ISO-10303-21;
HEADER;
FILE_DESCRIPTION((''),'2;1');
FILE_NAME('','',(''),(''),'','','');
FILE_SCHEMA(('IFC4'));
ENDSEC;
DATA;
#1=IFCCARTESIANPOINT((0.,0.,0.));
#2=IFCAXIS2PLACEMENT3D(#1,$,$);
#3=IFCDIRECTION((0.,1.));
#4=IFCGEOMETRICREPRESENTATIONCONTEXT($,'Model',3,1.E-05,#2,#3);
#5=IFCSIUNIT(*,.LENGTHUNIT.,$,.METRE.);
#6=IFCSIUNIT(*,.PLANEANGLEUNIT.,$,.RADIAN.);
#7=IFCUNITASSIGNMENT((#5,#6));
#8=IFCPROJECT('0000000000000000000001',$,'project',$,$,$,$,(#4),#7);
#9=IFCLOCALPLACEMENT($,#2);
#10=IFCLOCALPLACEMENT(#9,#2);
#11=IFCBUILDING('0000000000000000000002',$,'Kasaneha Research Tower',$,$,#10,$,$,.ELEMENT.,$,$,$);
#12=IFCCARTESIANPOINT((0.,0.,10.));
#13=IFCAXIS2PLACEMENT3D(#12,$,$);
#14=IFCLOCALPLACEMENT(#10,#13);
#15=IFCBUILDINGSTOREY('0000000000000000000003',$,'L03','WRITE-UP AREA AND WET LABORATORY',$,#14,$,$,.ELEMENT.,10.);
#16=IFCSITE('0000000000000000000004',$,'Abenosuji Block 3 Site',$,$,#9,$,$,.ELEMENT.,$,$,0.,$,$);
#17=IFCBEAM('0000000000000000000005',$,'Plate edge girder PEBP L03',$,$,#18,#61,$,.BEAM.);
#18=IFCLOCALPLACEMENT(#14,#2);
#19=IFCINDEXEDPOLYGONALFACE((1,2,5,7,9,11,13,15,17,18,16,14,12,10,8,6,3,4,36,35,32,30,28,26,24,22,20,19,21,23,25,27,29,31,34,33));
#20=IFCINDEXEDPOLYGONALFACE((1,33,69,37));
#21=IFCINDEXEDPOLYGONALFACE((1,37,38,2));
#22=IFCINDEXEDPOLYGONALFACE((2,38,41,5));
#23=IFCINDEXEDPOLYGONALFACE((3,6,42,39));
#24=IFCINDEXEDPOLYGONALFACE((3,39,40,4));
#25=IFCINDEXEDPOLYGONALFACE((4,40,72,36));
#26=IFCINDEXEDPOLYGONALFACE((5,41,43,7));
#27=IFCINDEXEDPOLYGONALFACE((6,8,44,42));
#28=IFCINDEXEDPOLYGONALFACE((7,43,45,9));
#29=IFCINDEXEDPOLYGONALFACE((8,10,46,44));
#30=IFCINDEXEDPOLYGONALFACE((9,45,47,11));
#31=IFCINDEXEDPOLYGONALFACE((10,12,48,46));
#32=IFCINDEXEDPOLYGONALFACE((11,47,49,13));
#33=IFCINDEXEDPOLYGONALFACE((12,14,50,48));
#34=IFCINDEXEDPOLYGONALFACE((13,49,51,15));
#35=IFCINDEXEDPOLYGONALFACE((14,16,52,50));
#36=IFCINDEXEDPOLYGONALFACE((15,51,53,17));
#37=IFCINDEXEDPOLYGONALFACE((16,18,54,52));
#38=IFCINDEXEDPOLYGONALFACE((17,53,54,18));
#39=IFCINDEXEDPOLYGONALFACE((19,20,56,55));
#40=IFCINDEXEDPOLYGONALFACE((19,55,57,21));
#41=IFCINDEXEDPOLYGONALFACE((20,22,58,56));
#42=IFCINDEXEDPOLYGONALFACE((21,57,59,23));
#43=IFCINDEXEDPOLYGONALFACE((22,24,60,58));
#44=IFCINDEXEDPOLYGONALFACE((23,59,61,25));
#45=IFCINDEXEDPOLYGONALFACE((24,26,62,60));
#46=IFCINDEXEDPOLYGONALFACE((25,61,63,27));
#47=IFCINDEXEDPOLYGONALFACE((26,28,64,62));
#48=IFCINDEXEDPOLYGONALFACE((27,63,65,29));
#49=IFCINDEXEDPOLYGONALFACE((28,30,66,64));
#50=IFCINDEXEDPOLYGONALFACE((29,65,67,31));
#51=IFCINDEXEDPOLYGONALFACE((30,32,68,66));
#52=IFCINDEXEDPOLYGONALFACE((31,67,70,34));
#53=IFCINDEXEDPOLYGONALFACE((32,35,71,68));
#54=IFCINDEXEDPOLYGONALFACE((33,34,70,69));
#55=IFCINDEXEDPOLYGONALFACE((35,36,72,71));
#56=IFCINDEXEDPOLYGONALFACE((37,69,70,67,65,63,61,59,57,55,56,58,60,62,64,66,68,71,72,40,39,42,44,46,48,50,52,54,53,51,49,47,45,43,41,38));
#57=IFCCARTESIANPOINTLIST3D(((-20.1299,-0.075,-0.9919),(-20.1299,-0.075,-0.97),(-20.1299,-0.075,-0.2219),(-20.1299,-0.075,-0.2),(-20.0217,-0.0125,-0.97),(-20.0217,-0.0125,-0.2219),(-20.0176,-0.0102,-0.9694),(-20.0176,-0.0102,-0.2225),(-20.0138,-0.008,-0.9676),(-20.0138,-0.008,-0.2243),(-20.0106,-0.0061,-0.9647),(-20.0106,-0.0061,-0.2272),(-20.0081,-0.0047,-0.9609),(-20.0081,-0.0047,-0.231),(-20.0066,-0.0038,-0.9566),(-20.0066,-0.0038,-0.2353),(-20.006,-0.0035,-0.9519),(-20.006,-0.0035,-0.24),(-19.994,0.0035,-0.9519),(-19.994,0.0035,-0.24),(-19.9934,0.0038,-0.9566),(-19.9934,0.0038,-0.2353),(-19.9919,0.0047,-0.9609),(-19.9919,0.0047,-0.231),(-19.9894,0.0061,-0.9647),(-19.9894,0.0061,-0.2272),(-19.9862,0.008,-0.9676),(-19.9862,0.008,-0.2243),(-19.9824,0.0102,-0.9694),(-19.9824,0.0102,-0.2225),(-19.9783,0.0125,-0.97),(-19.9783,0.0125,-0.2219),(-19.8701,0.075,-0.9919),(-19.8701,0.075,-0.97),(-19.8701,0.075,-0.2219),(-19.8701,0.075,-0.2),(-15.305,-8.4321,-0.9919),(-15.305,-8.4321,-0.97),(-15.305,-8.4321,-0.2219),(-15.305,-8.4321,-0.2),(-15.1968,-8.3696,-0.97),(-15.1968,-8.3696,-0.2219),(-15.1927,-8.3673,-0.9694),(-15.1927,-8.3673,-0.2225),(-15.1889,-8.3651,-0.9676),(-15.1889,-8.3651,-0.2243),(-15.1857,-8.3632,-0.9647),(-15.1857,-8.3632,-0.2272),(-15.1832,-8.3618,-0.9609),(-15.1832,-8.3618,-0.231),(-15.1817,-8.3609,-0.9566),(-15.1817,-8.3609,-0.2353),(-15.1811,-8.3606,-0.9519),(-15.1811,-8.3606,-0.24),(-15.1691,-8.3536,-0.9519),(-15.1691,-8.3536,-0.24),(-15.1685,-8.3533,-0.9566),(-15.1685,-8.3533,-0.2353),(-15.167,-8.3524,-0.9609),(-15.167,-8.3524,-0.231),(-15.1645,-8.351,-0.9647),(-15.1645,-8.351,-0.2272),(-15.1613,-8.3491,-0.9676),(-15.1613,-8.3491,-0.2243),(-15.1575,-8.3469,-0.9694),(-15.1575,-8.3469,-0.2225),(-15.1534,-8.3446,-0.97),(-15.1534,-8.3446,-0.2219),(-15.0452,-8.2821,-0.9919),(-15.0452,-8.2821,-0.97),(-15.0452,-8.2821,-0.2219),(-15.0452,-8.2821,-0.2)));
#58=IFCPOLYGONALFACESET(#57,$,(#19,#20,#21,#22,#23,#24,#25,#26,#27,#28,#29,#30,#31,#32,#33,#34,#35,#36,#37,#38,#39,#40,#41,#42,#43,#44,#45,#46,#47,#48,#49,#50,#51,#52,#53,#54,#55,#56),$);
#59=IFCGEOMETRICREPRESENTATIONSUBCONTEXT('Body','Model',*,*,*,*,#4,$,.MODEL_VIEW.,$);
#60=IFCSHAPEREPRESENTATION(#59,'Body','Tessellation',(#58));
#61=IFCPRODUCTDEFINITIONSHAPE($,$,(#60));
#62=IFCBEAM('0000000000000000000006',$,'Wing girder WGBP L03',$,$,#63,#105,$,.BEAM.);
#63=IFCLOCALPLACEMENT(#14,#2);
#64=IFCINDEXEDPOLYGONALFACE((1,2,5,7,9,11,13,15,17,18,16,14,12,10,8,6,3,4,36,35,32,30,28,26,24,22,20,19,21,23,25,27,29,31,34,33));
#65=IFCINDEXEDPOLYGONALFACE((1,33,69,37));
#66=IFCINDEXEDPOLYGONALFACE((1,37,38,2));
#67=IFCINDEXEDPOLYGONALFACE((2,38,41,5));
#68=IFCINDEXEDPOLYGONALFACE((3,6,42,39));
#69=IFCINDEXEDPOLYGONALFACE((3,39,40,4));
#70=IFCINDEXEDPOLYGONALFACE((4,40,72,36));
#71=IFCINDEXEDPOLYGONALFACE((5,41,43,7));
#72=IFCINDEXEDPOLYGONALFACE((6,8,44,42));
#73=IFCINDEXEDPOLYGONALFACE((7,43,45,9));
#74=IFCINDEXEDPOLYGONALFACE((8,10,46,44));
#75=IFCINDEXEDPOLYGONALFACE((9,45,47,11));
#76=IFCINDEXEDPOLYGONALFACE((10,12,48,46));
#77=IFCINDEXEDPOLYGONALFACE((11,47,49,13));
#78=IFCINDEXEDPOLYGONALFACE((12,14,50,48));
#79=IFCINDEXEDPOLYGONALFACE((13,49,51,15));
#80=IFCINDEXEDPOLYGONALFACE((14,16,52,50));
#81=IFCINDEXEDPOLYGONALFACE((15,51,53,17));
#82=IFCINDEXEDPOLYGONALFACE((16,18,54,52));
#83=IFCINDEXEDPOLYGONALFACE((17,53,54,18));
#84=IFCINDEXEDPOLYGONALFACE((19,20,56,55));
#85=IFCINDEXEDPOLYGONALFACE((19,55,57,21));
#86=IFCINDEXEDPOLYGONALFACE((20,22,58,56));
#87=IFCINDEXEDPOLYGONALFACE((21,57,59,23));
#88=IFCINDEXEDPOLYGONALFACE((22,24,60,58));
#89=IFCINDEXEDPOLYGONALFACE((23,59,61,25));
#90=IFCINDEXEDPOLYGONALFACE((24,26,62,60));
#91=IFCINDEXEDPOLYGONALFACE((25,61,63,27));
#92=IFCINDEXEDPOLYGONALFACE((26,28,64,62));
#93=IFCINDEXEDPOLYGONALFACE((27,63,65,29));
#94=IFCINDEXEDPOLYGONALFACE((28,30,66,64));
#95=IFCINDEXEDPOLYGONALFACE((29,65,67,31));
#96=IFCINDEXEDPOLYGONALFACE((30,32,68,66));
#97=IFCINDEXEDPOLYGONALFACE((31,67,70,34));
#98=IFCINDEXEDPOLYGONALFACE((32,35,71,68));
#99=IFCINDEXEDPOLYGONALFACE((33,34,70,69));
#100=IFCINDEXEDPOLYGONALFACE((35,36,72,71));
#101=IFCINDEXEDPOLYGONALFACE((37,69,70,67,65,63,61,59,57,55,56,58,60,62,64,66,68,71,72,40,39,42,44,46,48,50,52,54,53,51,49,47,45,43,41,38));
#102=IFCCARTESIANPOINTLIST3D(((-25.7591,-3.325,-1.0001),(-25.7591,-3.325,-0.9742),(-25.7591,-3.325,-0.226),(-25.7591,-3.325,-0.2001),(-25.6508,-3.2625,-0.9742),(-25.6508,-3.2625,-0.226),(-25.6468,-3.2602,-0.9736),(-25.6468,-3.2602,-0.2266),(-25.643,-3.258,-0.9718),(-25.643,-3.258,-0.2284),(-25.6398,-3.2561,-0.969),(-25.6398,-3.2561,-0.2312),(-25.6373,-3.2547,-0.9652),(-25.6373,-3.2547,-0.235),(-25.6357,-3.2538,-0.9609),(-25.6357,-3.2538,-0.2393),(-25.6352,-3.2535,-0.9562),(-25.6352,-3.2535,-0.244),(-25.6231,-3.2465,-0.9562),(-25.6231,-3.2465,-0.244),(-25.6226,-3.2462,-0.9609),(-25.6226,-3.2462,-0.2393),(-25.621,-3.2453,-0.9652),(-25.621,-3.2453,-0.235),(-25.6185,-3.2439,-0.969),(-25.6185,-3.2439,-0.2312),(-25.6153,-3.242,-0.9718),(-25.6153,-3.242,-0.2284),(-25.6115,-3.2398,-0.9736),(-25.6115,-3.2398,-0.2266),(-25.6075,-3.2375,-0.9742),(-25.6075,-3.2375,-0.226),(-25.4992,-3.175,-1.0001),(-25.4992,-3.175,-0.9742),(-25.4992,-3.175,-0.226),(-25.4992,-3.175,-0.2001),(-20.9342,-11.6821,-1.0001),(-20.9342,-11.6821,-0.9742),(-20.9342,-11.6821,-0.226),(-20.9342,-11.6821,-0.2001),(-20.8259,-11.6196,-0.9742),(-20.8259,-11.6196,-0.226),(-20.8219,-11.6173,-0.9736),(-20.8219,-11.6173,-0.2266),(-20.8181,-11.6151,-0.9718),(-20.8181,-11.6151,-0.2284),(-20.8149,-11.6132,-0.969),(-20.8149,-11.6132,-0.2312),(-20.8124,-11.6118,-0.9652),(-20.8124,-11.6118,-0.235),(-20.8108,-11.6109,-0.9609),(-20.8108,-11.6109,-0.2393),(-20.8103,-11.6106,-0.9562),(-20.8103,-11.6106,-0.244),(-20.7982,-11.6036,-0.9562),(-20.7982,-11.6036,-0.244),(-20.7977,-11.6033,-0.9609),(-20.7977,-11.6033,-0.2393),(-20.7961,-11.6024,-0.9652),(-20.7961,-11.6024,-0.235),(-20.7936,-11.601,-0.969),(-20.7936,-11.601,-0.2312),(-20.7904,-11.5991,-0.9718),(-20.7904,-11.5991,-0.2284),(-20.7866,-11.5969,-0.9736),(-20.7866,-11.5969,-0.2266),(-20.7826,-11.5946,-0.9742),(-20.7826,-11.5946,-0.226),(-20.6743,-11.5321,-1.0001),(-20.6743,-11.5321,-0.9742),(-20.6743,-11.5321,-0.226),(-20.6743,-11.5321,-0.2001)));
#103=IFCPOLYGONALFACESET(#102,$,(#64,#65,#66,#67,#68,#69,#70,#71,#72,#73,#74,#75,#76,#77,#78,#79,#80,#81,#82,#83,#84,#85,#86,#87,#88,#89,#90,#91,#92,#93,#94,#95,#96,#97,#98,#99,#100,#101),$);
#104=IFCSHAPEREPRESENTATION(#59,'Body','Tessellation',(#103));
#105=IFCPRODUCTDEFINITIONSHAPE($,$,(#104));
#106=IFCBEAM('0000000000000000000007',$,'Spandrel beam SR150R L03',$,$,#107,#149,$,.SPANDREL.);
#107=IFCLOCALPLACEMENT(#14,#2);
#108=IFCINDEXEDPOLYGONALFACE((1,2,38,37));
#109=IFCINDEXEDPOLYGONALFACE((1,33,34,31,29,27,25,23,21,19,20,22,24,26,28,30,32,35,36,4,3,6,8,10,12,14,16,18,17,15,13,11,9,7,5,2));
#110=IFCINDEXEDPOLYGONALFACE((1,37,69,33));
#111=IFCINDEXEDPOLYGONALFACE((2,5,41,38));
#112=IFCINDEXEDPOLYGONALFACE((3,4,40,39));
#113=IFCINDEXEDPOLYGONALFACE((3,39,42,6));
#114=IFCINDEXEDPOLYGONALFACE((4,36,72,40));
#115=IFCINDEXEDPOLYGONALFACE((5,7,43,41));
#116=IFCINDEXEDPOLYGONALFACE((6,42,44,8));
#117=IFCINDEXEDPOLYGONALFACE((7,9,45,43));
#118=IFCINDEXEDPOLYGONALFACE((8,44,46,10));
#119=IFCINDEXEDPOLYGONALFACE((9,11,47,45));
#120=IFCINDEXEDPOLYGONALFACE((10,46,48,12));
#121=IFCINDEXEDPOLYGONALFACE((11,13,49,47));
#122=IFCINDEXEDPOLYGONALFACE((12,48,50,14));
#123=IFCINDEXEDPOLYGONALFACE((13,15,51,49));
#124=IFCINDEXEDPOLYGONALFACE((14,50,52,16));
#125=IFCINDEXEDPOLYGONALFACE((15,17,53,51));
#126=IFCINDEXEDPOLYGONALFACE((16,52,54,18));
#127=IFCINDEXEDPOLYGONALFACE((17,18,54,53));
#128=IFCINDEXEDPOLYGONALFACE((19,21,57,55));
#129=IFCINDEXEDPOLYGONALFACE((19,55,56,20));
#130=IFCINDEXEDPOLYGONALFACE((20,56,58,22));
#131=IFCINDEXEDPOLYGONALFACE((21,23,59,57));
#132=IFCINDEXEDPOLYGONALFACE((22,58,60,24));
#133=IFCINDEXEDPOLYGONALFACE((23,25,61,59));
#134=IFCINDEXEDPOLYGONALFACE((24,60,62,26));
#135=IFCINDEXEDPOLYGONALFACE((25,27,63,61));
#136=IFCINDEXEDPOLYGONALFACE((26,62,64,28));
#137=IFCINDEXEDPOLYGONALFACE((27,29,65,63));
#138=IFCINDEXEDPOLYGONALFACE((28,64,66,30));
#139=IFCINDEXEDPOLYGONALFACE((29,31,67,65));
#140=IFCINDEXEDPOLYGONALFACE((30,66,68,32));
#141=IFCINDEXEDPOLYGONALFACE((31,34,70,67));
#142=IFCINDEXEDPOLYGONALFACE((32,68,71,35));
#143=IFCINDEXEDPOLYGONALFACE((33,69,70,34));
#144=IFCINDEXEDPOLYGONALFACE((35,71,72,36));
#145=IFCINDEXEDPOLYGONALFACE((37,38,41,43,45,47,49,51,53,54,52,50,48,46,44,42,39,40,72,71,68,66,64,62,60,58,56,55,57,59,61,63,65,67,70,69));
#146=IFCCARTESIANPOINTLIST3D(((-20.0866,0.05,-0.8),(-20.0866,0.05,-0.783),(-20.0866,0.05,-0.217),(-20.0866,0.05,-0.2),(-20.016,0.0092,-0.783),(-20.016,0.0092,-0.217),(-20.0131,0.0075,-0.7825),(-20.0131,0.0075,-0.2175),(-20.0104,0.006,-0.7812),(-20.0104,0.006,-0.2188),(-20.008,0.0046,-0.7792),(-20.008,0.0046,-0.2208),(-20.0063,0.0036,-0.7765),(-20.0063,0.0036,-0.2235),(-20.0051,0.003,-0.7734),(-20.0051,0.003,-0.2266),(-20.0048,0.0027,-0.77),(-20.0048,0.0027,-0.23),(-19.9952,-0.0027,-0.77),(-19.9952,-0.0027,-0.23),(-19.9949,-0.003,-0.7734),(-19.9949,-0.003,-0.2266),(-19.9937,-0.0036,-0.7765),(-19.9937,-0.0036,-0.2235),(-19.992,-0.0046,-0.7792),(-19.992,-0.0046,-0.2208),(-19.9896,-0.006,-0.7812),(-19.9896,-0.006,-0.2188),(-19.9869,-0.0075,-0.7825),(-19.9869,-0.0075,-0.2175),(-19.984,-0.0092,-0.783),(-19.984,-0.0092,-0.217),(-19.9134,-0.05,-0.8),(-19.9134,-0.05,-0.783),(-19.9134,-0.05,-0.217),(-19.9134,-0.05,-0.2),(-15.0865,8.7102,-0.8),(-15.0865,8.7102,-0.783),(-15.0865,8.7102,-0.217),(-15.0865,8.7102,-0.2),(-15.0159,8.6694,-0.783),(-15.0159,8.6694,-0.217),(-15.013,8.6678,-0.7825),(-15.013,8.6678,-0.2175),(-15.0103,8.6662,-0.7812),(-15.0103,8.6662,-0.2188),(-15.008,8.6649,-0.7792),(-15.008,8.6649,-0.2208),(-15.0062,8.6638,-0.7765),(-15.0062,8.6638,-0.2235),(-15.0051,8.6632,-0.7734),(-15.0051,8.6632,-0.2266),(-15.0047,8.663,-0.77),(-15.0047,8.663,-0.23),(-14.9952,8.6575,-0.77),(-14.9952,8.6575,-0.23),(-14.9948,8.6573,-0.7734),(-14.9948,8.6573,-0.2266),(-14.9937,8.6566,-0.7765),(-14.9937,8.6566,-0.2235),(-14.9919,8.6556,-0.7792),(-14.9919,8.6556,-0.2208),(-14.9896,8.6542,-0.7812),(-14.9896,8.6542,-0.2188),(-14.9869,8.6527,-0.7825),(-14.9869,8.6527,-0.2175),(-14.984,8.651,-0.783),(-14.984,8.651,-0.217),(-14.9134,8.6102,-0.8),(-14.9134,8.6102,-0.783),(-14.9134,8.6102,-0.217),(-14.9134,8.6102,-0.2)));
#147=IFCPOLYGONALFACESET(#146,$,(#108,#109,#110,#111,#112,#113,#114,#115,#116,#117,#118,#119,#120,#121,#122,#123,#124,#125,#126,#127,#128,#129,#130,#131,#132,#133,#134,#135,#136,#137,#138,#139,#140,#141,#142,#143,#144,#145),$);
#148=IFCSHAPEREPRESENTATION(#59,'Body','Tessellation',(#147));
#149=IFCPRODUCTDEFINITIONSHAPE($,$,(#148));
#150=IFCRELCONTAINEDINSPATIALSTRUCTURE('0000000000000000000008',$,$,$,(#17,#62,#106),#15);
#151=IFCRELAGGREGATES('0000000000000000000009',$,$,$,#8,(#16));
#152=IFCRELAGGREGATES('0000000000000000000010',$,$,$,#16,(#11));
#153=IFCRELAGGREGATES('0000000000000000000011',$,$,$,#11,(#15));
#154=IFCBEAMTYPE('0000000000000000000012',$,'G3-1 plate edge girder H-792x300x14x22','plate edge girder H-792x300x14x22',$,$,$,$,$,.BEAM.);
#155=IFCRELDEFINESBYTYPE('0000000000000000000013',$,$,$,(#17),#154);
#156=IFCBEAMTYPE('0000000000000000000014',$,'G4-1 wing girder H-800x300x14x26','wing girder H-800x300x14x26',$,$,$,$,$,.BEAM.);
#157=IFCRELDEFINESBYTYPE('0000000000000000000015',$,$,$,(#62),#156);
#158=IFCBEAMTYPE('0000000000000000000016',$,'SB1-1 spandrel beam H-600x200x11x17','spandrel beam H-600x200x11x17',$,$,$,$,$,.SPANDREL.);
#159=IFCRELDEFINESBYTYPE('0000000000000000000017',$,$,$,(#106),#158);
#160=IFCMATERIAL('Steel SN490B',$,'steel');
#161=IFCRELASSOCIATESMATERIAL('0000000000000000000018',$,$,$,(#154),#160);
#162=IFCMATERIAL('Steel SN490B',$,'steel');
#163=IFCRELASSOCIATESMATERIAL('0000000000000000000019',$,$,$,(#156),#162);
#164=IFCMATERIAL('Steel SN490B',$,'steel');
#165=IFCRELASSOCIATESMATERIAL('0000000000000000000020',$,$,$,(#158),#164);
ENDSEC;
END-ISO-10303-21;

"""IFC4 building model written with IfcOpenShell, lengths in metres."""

from ifc_helpers import new_model, si_unit, direction, frame, origin, origin_2d, place, context, subcontext, project, spatial, i_section, extrude, material, material_profile, profile_set, type_object, element, save


model = new_model("IFC4")

# Units and contexts
model_context = context("Model", 3, precision=1e-05, world=origin(), true_north=direction((0.0, 1.0)))
body_context = subcontext(model_context, "Body", "Model", "MODEL_VIEW")
ifc_project = project(units=[si_unit("LENGTHUNIT", "METRE"), si_unit("PLANEANGLEUNIT", "RADIAN")], contexts=[model_context])

# Site, building, storey
site_placement = place(None, origin())
site = spatial("IfcSite", under=ifc_project, at=site_placement, Name="Abenosuji Block 3 Site", CompositionType="ELEMENT", RefElevation=0.0)
building_placement = place(site_placement, origin())
building = spatial("IfcBuilding", under=site, at=building_placement, Name="Kasaneha Research Tower", CompositionType="ELEMENT")
storey_placement = place(building_placement, frame((0.0, 0.0, 10.0)))
storey = spatial("IfcBuildingStorey", under=building, at=storey_placement, Name="L03", Description="WRITE-UP AREA AND WET LABORATORY", CompositionType="ELEMENT", Elevation=10.0)

# Beams
ifc_material_1 = material(Name="Steel SN490B", Category="steel")
ifc_material_profile_1 = material_profile(ifc_material_1, i_section(OverallWidth=0.3, OverallDepth=0.792, WebThickness=0.0139, FlangeThickness=0.022, FilletRadius=0.0181, at=origin_2d()), Name="H-792x300x14x22")
ifc_profile_set_1 = profile_set([ifc_material_profile_1], Name="Steel SN490B")
beam_type_1 = type_object("IfcBeamType", Name="G3-1 plate edge girder H-792x300x14x22", Description="plate edge girder H-792x300x14x22", PredefinedType="BEAM", material=ifc_profile_set_1)
beam_1_placement = place(storey_placement, frame((-20.0, 0.0, -0.5959), z_axis=(0.499995, -0.866028, 0.0), x_axis=(0.866028, 0.499995, 0.0)))
element("IfcBeam", 1, at=beam_1_placement, inside=storey, type_object=beam_type_1, Name="Plate edge girder PEBP L03", PredefinedType="BEAM", context=body_context, shape_type="SweptSolid", body=[
    extrude(i_section(OverallWidth=0.3, OverallDepth=0.792, WebThickness=0.0139, FlangeThickness=0.022, FilletRadius=0.0181, at=origin_2d()), origin(), (0.0, 0.0, 1.0), 9.6499),
])
ifc_material_2 = material(Name="Steel SN490B", Category="steel")
ifc_material_profile_2 = material_profile(ifc_material_2, i_section(OverallWidth=0.3, OverallDepth=0.8, WebThickness=0.0139, FlangeThickness=0.0259, FilletRadius=0.0181, at=origin_2d()), Name="H-800x300x14x26")
ifc_profile_set_2 = profile_set([ifc_material_profile_2], Name="Steel SN490B")
beam_type_2 = type_object("IfcBeamType", Name="G4-1 wing girder H-800x300x14x26", Description="wing girder H-800x300x14x26", PredefinedType="BEAM", material=ifc_profile_set_2)
beam_2_placement = place(storey_placement, frame((-25.6292, -3.25, -0.6001), z_axis=(0.499995, -0.866028, 0.0), x_axis=(0.866028, 0.499995, 0.0)))
element("IfcBeam", 2, at=beam_2_placement, inside=storey, type_object=beam_type_2, Name="Wing girder WGBP L03", PredefinedType="BEAM", context=body_context, shape_type="SweptSolid", body=[
    extrude(i_section(OverallWidth=0.3, OverallDepth=0.8, WebThickness=0.0139, FlangeThickness=0.0259, FilletRadius=0.0181, at=origin_2d()), origin(), (0.0, 0.0, 1.0), 9.6499),
])
ifc_material_3 = material(Name="Steel SN490B", Category="steel")
ifc_material_profile_3 = material_profile(ifc_material_3, i_section(OverallWidth=0.2, OverallDepth=0.6001, WebThickness=0.011, FlangeThickness=0.0171, FilletRadius=0.0129, at=origin_2d()), Name="H-600x200x11x17")
ifc_profile_set_3 = profile_set([ifc_material_profile_3], Name="Steel SN490B")
beam_type_3 = type_object("IfcBeamType", Name="SB1-1 spandrel beam H-600x200x11x17", Description="spandrel beam H-600x200x11x17", PredefinedType="SPANDREL", material=ifc_profile_set_3)
beam_3_placement = place(storey_placement, frame((-20.0, 0.0, -0.5), z_axis=(0.500004, 0.866023, 0.0), x_axis=(-0.866023, 0.500004, 0.0)))
element("IfcBeam", 3, at=beam_3_placement, inside=storey, type_object=beam_type_3, Name="Spandrel beam SR150R L03", PredefinedType="SPANDREL", context=body_context, shape_type="SweptSolid", body=[
    extrude(i_section(OverallWidth=0.2, OverallDepth=0.6001, WebThickness=0.011, FlangeThickness=0.0171, FilletRadius=0.0129, at=origin_2d()), origin(), (0.0, 0.0, 1.0), 10.0),
])

save(model, "model.ifc")
